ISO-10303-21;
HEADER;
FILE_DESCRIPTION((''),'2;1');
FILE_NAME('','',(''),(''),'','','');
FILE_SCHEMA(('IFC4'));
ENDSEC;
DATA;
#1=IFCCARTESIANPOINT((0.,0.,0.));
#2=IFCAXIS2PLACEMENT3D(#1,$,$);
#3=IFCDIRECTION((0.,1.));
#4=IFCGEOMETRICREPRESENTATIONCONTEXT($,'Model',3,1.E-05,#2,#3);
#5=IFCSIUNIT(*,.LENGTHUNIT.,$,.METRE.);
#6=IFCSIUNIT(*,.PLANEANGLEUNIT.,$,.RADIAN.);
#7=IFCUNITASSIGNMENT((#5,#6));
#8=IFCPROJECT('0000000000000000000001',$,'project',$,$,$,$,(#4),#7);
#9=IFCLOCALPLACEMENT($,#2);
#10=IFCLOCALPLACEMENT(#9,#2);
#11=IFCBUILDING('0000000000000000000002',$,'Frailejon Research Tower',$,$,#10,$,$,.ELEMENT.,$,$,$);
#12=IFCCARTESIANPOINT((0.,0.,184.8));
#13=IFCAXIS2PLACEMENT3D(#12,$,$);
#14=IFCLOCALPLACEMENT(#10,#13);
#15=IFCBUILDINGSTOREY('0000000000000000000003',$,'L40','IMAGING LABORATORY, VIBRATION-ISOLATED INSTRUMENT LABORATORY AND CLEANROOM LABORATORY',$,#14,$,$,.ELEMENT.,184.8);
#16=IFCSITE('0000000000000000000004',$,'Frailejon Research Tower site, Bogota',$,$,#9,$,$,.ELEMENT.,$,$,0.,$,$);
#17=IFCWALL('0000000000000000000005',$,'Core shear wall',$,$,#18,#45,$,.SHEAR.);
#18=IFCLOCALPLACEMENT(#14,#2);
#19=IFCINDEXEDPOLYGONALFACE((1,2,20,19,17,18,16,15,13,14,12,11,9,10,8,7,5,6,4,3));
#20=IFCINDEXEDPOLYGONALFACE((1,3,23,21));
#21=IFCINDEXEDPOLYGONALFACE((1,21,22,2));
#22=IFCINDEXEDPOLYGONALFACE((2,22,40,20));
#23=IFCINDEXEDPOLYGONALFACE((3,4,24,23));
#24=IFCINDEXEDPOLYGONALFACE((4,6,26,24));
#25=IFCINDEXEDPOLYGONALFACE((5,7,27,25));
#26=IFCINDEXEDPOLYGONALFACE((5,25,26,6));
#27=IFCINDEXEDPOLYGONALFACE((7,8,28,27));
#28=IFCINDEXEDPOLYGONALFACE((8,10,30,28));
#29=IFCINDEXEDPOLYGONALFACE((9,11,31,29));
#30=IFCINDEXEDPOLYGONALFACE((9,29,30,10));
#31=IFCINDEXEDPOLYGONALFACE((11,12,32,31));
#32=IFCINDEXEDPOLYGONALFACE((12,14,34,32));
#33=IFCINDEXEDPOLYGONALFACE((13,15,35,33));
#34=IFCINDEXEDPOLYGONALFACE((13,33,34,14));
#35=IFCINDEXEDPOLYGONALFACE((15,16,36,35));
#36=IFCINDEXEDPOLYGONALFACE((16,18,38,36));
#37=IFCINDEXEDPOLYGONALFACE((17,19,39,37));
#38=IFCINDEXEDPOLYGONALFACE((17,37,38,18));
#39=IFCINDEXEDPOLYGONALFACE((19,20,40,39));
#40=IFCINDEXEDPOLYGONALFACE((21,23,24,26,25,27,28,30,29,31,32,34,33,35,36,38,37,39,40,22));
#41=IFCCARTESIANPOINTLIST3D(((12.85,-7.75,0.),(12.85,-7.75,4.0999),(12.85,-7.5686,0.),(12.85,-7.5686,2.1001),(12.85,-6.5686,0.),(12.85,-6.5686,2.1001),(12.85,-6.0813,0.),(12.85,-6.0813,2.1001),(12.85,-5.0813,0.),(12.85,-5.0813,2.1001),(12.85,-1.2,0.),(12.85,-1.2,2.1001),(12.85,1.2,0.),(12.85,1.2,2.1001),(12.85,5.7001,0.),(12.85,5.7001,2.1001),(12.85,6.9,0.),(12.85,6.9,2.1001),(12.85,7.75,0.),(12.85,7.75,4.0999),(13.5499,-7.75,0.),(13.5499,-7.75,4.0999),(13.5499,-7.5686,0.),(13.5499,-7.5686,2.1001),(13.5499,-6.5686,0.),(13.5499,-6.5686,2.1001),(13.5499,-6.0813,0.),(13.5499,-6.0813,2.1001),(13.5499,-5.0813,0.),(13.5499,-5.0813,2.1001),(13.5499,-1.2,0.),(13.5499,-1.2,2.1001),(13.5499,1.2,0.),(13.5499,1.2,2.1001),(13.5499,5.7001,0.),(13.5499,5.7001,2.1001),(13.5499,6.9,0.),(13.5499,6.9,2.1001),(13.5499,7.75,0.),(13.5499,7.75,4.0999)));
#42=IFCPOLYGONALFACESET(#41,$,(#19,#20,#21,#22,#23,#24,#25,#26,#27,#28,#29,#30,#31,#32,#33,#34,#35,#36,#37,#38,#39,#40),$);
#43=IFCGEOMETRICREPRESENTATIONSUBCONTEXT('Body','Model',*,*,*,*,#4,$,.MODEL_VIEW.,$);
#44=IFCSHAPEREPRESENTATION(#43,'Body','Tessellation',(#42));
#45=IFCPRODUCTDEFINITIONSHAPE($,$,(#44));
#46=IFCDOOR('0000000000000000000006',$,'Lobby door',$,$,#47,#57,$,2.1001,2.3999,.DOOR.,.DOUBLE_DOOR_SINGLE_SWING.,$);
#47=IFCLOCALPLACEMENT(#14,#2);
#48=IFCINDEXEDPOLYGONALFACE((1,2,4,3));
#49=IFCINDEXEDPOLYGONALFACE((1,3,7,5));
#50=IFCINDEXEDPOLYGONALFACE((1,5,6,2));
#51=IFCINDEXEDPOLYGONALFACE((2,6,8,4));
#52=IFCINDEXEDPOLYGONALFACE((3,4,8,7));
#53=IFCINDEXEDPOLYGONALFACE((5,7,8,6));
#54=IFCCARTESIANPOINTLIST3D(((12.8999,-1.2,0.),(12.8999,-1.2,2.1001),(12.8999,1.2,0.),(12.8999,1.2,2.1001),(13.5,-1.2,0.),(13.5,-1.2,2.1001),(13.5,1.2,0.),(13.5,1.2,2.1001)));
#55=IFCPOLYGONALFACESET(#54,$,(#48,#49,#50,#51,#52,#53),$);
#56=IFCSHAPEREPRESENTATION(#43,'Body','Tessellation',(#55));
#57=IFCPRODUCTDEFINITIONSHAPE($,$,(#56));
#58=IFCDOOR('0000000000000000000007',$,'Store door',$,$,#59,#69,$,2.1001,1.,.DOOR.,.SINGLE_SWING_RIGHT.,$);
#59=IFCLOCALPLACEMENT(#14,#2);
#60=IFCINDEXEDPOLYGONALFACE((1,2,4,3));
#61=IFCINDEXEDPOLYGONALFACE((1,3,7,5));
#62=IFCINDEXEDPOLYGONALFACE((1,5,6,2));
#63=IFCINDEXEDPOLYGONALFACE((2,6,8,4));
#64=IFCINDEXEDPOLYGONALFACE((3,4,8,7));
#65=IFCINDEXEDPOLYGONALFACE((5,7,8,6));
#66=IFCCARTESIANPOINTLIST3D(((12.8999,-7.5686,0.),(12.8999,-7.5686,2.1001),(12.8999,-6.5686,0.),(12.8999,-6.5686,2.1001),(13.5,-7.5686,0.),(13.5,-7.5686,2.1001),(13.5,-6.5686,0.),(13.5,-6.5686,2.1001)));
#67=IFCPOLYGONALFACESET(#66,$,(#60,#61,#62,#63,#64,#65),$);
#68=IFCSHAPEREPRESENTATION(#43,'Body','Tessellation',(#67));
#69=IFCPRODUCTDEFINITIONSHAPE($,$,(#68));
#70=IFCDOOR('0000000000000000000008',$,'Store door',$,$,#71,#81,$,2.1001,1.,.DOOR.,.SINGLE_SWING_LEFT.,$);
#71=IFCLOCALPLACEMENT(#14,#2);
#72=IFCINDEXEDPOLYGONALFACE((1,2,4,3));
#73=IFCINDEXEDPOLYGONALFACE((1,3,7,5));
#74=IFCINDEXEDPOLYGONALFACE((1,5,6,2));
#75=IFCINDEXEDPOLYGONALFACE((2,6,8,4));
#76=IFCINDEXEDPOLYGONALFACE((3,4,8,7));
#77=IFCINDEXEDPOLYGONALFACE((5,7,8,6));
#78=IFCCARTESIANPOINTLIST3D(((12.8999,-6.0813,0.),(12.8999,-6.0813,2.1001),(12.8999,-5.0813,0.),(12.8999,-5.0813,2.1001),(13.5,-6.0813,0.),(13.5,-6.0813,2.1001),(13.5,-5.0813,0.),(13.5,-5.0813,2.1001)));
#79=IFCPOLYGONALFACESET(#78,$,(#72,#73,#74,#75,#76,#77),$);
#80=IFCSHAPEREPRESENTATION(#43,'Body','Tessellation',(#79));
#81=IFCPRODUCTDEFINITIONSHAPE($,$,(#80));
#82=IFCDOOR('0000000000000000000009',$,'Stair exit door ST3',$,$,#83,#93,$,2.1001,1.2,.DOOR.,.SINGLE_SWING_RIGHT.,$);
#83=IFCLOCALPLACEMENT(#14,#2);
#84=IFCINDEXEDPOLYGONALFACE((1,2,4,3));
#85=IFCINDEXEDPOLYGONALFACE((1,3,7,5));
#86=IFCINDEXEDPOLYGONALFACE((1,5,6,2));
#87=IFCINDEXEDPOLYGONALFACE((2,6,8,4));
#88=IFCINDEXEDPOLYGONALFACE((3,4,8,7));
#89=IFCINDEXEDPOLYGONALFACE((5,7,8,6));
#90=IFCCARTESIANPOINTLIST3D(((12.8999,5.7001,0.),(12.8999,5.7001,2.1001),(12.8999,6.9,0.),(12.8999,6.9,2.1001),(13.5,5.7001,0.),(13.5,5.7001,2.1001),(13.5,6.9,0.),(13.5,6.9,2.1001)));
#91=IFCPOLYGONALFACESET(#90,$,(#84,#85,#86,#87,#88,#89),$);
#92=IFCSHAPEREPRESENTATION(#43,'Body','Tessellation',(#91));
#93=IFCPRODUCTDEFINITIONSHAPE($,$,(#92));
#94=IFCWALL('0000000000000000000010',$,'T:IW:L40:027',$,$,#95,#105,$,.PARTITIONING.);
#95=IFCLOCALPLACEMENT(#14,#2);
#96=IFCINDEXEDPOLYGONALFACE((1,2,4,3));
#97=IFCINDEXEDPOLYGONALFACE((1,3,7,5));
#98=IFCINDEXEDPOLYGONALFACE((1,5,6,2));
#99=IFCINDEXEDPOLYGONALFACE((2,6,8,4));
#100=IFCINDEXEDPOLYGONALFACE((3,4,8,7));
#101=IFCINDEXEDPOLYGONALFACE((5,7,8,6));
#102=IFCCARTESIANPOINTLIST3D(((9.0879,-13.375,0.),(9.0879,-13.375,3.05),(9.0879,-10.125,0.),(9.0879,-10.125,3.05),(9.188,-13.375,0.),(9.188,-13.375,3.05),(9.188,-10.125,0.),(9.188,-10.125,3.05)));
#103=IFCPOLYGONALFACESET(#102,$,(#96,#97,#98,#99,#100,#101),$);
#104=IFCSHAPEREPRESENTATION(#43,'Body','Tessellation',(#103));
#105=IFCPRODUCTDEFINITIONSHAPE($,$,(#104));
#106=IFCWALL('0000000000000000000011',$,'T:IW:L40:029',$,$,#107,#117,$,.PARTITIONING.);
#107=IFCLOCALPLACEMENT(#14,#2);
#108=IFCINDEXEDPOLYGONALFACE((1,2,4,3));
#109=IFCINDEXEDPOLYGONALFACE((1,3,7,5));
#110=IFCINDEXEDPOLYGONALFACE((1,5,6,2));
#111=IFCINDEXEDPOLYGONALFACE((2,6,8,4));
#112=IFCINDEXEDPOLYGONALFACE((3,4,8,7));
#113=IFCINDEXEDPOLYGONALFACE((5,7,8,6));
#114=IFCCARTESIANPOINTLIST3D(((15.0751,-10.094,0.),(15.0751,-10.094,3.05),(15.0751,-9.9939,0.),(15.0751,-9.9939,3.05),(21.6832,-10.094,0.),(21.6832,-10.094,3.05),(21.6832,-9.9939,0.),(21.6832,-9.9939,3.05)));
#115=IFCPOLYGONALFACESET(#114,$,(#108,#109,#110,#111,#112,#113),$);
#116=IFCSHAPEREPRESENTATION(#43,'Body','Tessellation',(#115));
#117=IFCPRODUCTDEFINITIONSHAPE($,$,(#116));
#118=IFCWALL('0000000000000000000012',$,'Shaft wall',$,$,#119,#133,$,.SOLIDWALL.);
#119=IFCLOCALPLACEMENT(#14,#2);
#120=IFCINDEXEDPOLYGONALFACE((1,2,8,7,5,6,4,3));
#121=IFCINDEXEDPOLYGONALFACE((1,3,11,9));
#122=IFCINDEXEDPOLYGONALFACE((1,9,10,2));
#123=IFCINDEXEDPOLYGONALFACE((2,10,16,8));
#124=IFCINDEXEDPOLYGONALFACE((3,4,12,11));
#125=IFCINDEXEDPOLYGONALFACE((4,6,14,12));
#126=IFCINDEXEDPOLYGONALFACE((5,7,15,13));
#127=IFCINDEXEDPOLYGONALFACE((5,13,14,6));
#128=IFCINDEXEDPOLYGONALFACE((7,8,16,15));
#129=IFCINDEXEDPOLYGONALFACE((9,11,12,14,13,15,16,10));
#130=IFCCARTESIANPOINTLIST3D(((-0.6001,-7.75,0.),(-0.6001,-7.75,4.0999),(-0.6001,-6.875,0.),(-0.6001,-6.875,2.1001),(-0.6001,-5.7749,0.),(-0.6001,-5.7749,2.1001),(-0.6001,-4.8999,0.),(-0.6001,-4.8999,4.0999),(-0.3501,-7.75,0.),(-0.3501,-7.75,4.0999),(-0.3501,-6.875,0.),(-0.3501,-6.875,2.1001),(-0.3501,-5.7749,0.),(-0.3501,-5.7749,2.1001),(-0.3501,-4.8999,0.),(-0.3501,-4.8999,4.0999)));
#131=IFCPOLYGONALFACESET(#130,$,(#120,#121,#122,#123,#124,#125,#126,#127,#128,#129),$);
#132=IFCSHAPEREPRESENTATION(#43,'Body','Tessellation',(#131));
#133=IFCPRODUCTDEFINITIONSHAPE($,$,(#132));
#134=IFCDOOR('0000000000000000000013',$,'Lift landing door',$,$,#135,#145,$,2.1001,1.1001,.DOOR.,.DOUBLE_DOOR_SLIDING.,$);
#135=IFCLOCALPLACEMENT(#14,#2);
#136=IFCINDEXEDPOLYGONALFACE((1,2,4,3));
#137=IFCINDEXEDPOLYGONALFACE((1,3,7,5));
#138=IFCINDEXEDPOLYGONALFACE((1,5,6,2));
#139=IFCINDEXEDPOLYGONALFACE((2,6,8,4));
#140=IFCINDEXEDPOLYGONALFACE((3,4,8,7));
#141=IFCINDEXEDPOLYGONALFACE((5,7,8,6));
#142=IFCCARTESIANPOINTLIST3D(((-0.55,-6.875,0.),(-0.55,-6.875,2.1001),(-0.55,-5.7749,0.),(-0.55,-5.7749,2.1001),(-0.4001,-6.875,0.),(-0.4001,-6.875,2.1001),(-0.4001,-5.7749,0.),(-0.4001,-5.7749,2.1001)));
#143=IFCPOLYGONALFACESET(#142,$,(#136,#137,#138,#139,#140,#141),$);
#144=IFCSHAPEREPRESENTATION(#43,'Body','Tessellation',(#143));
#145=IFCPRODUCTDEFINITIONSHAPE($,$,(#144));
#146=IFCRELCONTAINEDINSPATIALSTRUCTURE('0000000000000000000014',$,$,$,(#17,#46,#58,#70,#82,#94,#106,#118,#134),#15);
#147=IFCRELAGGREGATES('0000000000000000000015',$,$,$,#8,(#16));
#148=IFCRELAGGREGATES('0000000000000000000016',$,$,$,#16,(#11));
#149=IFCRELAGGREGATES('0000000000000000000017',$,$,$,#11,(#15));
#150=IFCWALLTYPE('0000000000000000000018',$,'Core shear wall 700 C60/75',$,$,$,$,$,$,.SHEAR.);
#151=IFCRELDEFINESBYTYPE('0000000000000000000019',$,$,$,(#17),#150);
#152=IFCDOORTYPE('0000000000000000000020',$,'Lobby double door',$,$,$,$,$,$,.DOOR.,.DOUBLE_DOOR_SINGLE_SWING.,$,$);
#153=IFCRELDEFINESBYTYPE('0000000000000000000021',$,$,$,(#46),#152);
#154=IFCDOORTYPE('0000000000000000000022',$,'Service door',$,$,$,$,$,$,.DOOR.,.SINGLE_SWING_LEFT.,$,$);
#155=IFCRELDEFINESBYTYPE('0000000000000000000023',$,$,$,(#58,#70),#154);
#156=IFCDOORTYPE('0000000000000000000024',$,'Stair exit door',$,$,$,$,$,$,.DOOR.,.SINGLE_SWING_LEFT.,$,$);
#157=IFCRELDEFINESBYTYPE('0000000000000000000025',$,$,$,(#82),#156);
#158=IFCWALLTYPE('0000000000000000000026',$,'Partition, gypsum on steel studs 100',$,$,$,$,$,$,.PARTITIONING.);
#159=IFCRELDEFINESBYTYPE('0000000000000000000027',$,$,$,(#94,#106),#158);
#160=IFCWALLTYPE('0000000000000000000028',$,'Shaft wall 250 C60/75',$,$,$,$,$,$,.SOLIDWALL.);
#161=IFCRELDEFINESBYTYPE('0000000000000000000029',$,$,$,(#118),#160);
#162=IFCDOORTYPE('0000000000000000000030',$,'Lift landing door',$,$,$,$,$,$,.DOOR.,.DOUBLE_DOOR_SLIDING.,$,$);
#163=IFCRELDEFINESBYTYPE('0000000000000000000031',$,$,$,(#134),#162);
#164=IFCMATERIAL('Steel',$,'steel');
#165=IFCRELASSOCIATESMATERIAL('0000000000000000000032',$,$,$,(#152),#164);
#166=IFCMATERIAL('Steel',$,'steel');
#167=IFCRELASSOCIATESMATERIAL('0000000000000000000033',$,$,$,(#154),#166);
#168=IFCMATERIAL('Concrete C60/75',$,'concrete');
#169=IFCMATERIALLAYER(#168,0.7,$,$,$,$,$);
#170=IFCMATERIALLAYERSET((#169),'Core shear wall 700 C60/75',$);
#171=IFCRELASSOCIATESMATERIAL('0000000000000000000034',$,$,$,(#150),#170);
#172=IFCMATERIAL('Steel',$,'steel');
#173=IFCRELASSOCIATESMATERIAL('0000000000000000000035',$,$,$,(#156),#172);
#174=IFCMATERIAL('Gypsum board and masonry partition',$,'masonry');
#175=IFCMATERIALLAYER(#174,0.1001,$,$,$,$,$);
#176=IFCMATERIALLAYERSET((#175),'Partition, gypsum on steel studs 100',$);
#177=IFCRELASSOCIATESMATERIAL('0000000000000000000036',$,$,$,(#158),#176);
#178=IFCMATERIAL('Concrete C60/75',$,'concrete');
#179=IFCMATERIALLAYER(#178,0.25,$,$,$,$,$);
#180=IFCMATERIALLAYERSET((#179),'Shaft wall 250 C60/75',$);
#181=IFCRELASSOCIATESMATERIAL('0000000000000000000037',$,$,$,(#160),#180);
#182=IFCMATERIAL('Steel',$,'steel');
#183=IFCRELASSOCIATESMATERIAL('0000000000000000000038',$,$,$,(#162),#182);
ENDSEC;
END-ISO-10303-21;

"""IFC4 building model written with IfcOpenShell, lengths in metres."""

from ifc_helpers import new_model, si_unit, direction, frame, frame_2d, origin, place, context, subcontext, project, spatial, rectangle, extrude, material, layer, layer_set, type_object, element, fill, save


model = new_model("IFC4")

# Units and contexts
model_context = context("Model", 3, precision=1e-05, world=origin(), true_north=direction((0.0, 1.0)))
body_context = subcontext(model_context, "Body", "Model", "MODEL_VIEW")
ifc_project = project(units=[si_unit("LENGTHUNIT", "METRE"), si_unit("PLANEANGLEUNIT", "RADIAN")], contexts=[model_context])

# Site, building, storey
site_placement = place(None, origin())
site = spatial("IfcSite", under=ifc_project, at=site_placement, Name="Frailejon Research Tower site, Bogota", CompositionType="ELEMENT", RefElevation=0.0)
building_placement = place(site_placement, origin())
building = spatial("IfcBuilding", under=site, at=building_placement, Name="Frailejon Research Tower", CompositionType="ELEMENT")
storey_placement = place(building_placement, frame((0.0, 0.0, 184.8)))
storey = spatial("IfcBuildingStorey", under=building, at=storey_placement, Name="L40", Description="IMAGING LABORATORY, VIBRATION-ISOLATED INSTRUMENT LABORATORY AND CLEANROOM LABORATORY", CompositionType="ELEMENT", Elevation=184.8)

# Wall, openings, doors
ifc_material_1 = material(Name="Steel", Category="steel")
door_type_1 = type_object("IfcDoorType", Name="Lobby double door", OperationType="DOUBLE_DOOR_SINGLE_SWING", PredefinedType="DOOR", material=ifc_material_1)
ifc_material_2 = material(Name="Steel", Category="steel")
door_type_2 = type_object("IfcDoorType", Name="Service door", OperationType="SINGLE_SWING_LEFT", PredefinedType="DOOR", material=ifc_material_2)
ifc_material_3 = material(Name="Concrete C60/75", Category="concrete")
ifc_layer_1 = layer(ifc_material_3, 0.7)
ifc_layer_set_1 = layer_set([ifc_layer_1], Name="Core shear wall 700 C60/75")
wall_type_1 = type_object("IfcWallType", Name="Core shear wall 700 C60/75", PredefinedType="SHEAR", material=ifc_layer_set_1)
wall_1_placement = place(storey_placement, frame((13.2, -7.75, 0.0), z_axis=(0.0, 0.0, 1.0), x_axis=(0.0, 1.0, 0.0)))
wall_1 = element("IfcWall", 1, at=wall_1_placement, inside=storey, type_object=wall_type_1, Name="Core shear wall", PredefinedType="SHEAR", context=body_context, shape_type="SweptSolid", body=[
    extrude(rectangle(XDim=15.5, YDim=0.7, at=frame_2d((7.75, 0.0))), origin(), (0.0, 0.0, 1.0), 4.0999),
])
opening_1_placement = place(wall_1_placement, frame((6.55, 0.0, 0.0)))
opening_1 = element("IfcOpeningElement", 2, at=opening_1_placement, cuts=wall_1, PredefinedType="OPENING", context=body_context, shape_type="SweptSolid", body=[
    extrude(rectangle(XDim=2.3999, YDim=2.1001, at=frame_2d((1.2, 1.05))), frame((0.0, 0.3599, 0.0), z_axis=(0.0, -1.0, 0.0), x_axis=(1.0, 0.0, 0.0)), (0.0, 0.0, 1.0), 0.72),
])
opening_2_placement = place(wall_1_placement, frame((13.45, 0.0, 0.0)))
opening_2 = element("IfcOpeningElement", 3, at=opening_2_placement, cuts=wall_1, PredefinedType="OPENING", context=body_context, shape_type="SweptSolid", body=[
    extrude(rectangle(XDim=1.2, YDim=2.1001, at=frame_2d((0.6001, 1.05))), frame((0.0, 0.3599, 0.0), z_axis=(0.0, -1.0, 0.0), x_axis=(1.0, 0.0, 0.0)), (0.0, 0.0, 1.0), 0.72),
])
opening_3_placement = place(wall_1_placement, frame((0.1814, 0.0, 0.0)))
opening_3 = element("IfcOpeningElement", 4, at=opening_3_placement, cuts=wall_1, PredefinedType="OPENING", context=body_context, shape_type="SweptSolid", body=[
    extrude(rectangle(XDim=1.0, YDim=2.1001, at=frame_2d((0.5, 1.05))), frame((0.0, 0.3599, 0.0), z_axis=(0.0, -1.0, 0.0), x_axis=(1.0, 0.0, 0.0)), (0.0, 0.0, 1.0), 0.72),
])
opening_4_placement = place(wall_1_placement, frame((1.6687, 0.0, 0.0)))
opening_4 = element("IfcOpeningElement", 5, at=opening_4_placement, cuts=wall_1, PredefinedType="OPENING", context=body_context, shape_type="SweptSolid", body=[
    extrude(rectangle(XDim=1.0, YDim=2.1001, at=frame_2d((0.5, 1.05))), frame((0.0, 0.3599, 0.0), z_axis=(0.0, -1.0, 0.0), x_axis=(1.0, 0.0, 0.0)), (0.0, 0.0, 1.0), 0.72),
])
door_1_placement = place(opening_1_placement, origin())
door_1 = element("IfcDoor", 6, at=door_1_placement, inside=storey, type_object=door_type_1, Name="Lobby door", OperationType="DOUBLE_DOOR_SINGLE_SWING", OverallHeight=2.1001, OverallWidth=2.3999, PredefinedType="DOOR", context=body_context, shape_type="SweptSolid", body=[
    extrude(rectangle(XDim=2.3999, YDim=2.1001, at=frame_2d((1.2, 1.05))), frame((0.0, 0.3, 0.0), z_axis=(0.0, -1.0, 0.0), x_axis=(1.0, 0.0, 0.0)), (0.0, 0.0, 1.0), 0.6001),
])
fill(opening_1, door_1)
door_2_placement = place(opening_3_placement, origin())
door_2 = element("IfcDoor", 7, at=door_2_placement, inside=storey, type_object=door_type_2, Name="Store door", OperationType="SINGLE_SWING_RIGHT", OverallHeight=2.1001, OverallWidth=1.0, PredefinedType="DOOR", context=body_context, shape_type="SweptSolid", body=[
    extrude(rectangle(XDim=1.0, YDim=2.1001, at=frame_2d((0.5, 1.05))), frame((0.0, 0.3, 0.0), z_axis=(0.0, -1.0, 0.0), x_axis=(1.0, 0.0, 0.0)), (0.0, 0.0, 1.0), 0.6001),
])
fill(opening_3, door_2)
door_3_placement = place(opening_4_placement, origin())
door_3 = element("IfcDoor", 8, at=door_3_placement, inside=storey, type_object=door_type_2, Name="Store door", OperationType="SINGLE_SWING_LEFT", OverallHeight=2.1001, OverallWidth=1.0, PredefinedType="DOOR", context=body_context, shape_type="SweptSolid", body=[
    extrude(rectangle(XDim=1.0, YDim=2.1001, at=frame_2d((0.5, 1.05))), frame((0.0, 0.3, 0.0), z_axis=(0.0, -1.0, 0.0), x_axis=(1.0, 0.0, 0.0)), (0.0, 0.0, 1.0), 0.6001),
])
fill(opening_4, door_3)
ifc_material_4 = material(Name="Steel", Category="steel")
door_type_3 = type_object("IfcDoorType", Name="Stair exit door", OperationType="SINGLE_SWING_LEFT", PredefinedType="DOOR", material=ifc_material_4)
door_4_placement = place(opening_2_placement, origin())
door_4 = element("IfcDoor", 9, at=door_4_placement, inside=storey, type_object=door_type_3, Name="Stair exit door ST3", OperationType="SINGLE_SWING_RIGHT", OverallHeight=2.1001, OverallWidth=1.2, PredefinedType="DOOR", context=body_context, shape_type="SweptSolid", body=[
    extrude(rectangle(XDim=1.2, YDim=2.1001, at=frame_2d((0.6001, 1.05))), frame((0.0, 0.3, 0.0), z_axis=(0.0, -1.0, 0.0), x_axis=(1.0, 0.0, 0.0)), (0.0, 0.0, 1.0), 0.6001),
])
fill(opening_2, door_4)

# Walls
ifc_material_5 = material(Name="Gypsum board and masonry partition", Category="masonry")
ifc_layer_2 = layer(ifc_material_5, 0.1001)
ifc_layer_set_2 = layer_set([ifc_layer_2], Name="Partition, gypsum on steel studs 100")
wall_type_2 = type_object("IfcWallType", Name="Partition, gypsum on steel studs 100", PredefinedType="PARTITIONING", material=ifc_layer_set_2)
wall_2_placement = place(storey_placement, frame((9.1379, -13.375, 0.0), z_axis=(0.0, 0.0, 1.0), x_axis=(0.0, 1.0, 0.0)))
element("IfcWall", 10, at=wall_2_placement, inside=storey, type_object=wall_type_2, Name="T:IW:L40:027", PredefinedType="PARTITIONING", context=body_context, shape_type="SweptSolid", body=[
    extrude(rectangle(XDim=3.25, YDim=0.1001, at=frame_2d((1.625, 0.0))), origin(), (0.0, 0.0, 1.0), 3.05),
])
wall_3_placement = place(storey_placement, frame((15.075, -10.0439, 0.0), z_axis=(0.0, 0.0, 1.0), x_axis=(1.0, 0.0, 0.0)))
element("IfcWall", 11, at=wall_3_placement, inside=storey, type_object=wall_type_2, Name="T:IW:L40:029", PredefinedType="PARTITIONING", context=body_context, shape_type="SweptSolid", body=[
    extrude(rectangle(XDim=6.6082, YDim=0.1001, at=frame_2d((3.3042, 0.0))), origin(), (0.0, 0.0, 1.0), 3.05),
])

# Wall, opening, door
ifc_material_6 = material(Name="Concrete C60/75", Category="concrete")
ifc_layer_3 = layer(ifc_material_6, 0.25)
ifc_layer_set_3 = layer_set([ifc_layer_3], Name="Shaft wall 250 C60/75")
wall_type_3 = type_object("IfcWallType", Name="Shaft wall 250 C60/75", PredefinedType="SOLIDWALL", material=ifc_layer_set_3)
wall_4_placement = place(storey_placement, frame((-0.4751, -7.75, 0.0), z_axis=(0.0, 0.0, 1.0), x_axis=(0.0, 1.0, 0.0)))
wall_4 = element("IfcWall", 12, at=wall_4_placement, inside=storey, type_object=wall_type_3, Name="Shaft wall", PredefinedType="SOLIDWALL", context=body_context, shape_type="SweptSolid", body=[
    extrude(rectangle(XDim=2.8501, YDim=0.25, at=frame_2d((1.425, 0.0))), origin(), (0.0, 0.0, 1.0), 4.0999),
])
opening_5_placement = place(wall_4_placement, frame((0.875, 0.0, 0.0)))
opening_5 = element("IfcOpeningElement", 13, at=opening_5_placement, cuts=wall_4, PredefinedType="OPENING", context=body_context, shape_type="SweptSolid", body=[
    extrude(rectangle(XDim=1.1001, YDim=2.1001, at=frame_2d((0.55, 1.05))), frame((0.0, 0.135, 0.0), z_axis=(0.0, -1.0, 0.0), x_axis=(1.0, 0.0, 0.0)), (0.0, 0.0, 1.0), 0.27),
])
ifc_material_7 = material(Name="Steel", Category="steel")
door_type_4 = type_object("IfcDoorType", Name="Lift landing door", OperationType="DOUBLE_DOOR_SLIDING", PredefinedType="DOOR", material=ifc_material_7)
door_5_placement = place(opening_5_placement, origin())
door_5 = element("IfcDoor", 14, at=door_5_placement, inside=storey, type_object=door_type_4, Name="Lift landing door", OperationType="DOUBLE_DOOR_SLIDING", OverallHeight=2.1001, OverallWidth=1.1001, PredefinedType="DOOR", context=body_context, shape_type="SweptSolid", body=[
    extrude(rectangle(XDim=1.1001, YDim=2.1001, at=frame_2d((0.55, 1.05))), frame((0.0, 0.075, 0.0), z_axis=(0.0, -1.0, 0.0), x_axis=(1.0, 0.0, 0.0)), (0.0, 0.0, 1.0), 0.1499),
])
fill(opening_5, door_5)

save(model, "model.ifc")
